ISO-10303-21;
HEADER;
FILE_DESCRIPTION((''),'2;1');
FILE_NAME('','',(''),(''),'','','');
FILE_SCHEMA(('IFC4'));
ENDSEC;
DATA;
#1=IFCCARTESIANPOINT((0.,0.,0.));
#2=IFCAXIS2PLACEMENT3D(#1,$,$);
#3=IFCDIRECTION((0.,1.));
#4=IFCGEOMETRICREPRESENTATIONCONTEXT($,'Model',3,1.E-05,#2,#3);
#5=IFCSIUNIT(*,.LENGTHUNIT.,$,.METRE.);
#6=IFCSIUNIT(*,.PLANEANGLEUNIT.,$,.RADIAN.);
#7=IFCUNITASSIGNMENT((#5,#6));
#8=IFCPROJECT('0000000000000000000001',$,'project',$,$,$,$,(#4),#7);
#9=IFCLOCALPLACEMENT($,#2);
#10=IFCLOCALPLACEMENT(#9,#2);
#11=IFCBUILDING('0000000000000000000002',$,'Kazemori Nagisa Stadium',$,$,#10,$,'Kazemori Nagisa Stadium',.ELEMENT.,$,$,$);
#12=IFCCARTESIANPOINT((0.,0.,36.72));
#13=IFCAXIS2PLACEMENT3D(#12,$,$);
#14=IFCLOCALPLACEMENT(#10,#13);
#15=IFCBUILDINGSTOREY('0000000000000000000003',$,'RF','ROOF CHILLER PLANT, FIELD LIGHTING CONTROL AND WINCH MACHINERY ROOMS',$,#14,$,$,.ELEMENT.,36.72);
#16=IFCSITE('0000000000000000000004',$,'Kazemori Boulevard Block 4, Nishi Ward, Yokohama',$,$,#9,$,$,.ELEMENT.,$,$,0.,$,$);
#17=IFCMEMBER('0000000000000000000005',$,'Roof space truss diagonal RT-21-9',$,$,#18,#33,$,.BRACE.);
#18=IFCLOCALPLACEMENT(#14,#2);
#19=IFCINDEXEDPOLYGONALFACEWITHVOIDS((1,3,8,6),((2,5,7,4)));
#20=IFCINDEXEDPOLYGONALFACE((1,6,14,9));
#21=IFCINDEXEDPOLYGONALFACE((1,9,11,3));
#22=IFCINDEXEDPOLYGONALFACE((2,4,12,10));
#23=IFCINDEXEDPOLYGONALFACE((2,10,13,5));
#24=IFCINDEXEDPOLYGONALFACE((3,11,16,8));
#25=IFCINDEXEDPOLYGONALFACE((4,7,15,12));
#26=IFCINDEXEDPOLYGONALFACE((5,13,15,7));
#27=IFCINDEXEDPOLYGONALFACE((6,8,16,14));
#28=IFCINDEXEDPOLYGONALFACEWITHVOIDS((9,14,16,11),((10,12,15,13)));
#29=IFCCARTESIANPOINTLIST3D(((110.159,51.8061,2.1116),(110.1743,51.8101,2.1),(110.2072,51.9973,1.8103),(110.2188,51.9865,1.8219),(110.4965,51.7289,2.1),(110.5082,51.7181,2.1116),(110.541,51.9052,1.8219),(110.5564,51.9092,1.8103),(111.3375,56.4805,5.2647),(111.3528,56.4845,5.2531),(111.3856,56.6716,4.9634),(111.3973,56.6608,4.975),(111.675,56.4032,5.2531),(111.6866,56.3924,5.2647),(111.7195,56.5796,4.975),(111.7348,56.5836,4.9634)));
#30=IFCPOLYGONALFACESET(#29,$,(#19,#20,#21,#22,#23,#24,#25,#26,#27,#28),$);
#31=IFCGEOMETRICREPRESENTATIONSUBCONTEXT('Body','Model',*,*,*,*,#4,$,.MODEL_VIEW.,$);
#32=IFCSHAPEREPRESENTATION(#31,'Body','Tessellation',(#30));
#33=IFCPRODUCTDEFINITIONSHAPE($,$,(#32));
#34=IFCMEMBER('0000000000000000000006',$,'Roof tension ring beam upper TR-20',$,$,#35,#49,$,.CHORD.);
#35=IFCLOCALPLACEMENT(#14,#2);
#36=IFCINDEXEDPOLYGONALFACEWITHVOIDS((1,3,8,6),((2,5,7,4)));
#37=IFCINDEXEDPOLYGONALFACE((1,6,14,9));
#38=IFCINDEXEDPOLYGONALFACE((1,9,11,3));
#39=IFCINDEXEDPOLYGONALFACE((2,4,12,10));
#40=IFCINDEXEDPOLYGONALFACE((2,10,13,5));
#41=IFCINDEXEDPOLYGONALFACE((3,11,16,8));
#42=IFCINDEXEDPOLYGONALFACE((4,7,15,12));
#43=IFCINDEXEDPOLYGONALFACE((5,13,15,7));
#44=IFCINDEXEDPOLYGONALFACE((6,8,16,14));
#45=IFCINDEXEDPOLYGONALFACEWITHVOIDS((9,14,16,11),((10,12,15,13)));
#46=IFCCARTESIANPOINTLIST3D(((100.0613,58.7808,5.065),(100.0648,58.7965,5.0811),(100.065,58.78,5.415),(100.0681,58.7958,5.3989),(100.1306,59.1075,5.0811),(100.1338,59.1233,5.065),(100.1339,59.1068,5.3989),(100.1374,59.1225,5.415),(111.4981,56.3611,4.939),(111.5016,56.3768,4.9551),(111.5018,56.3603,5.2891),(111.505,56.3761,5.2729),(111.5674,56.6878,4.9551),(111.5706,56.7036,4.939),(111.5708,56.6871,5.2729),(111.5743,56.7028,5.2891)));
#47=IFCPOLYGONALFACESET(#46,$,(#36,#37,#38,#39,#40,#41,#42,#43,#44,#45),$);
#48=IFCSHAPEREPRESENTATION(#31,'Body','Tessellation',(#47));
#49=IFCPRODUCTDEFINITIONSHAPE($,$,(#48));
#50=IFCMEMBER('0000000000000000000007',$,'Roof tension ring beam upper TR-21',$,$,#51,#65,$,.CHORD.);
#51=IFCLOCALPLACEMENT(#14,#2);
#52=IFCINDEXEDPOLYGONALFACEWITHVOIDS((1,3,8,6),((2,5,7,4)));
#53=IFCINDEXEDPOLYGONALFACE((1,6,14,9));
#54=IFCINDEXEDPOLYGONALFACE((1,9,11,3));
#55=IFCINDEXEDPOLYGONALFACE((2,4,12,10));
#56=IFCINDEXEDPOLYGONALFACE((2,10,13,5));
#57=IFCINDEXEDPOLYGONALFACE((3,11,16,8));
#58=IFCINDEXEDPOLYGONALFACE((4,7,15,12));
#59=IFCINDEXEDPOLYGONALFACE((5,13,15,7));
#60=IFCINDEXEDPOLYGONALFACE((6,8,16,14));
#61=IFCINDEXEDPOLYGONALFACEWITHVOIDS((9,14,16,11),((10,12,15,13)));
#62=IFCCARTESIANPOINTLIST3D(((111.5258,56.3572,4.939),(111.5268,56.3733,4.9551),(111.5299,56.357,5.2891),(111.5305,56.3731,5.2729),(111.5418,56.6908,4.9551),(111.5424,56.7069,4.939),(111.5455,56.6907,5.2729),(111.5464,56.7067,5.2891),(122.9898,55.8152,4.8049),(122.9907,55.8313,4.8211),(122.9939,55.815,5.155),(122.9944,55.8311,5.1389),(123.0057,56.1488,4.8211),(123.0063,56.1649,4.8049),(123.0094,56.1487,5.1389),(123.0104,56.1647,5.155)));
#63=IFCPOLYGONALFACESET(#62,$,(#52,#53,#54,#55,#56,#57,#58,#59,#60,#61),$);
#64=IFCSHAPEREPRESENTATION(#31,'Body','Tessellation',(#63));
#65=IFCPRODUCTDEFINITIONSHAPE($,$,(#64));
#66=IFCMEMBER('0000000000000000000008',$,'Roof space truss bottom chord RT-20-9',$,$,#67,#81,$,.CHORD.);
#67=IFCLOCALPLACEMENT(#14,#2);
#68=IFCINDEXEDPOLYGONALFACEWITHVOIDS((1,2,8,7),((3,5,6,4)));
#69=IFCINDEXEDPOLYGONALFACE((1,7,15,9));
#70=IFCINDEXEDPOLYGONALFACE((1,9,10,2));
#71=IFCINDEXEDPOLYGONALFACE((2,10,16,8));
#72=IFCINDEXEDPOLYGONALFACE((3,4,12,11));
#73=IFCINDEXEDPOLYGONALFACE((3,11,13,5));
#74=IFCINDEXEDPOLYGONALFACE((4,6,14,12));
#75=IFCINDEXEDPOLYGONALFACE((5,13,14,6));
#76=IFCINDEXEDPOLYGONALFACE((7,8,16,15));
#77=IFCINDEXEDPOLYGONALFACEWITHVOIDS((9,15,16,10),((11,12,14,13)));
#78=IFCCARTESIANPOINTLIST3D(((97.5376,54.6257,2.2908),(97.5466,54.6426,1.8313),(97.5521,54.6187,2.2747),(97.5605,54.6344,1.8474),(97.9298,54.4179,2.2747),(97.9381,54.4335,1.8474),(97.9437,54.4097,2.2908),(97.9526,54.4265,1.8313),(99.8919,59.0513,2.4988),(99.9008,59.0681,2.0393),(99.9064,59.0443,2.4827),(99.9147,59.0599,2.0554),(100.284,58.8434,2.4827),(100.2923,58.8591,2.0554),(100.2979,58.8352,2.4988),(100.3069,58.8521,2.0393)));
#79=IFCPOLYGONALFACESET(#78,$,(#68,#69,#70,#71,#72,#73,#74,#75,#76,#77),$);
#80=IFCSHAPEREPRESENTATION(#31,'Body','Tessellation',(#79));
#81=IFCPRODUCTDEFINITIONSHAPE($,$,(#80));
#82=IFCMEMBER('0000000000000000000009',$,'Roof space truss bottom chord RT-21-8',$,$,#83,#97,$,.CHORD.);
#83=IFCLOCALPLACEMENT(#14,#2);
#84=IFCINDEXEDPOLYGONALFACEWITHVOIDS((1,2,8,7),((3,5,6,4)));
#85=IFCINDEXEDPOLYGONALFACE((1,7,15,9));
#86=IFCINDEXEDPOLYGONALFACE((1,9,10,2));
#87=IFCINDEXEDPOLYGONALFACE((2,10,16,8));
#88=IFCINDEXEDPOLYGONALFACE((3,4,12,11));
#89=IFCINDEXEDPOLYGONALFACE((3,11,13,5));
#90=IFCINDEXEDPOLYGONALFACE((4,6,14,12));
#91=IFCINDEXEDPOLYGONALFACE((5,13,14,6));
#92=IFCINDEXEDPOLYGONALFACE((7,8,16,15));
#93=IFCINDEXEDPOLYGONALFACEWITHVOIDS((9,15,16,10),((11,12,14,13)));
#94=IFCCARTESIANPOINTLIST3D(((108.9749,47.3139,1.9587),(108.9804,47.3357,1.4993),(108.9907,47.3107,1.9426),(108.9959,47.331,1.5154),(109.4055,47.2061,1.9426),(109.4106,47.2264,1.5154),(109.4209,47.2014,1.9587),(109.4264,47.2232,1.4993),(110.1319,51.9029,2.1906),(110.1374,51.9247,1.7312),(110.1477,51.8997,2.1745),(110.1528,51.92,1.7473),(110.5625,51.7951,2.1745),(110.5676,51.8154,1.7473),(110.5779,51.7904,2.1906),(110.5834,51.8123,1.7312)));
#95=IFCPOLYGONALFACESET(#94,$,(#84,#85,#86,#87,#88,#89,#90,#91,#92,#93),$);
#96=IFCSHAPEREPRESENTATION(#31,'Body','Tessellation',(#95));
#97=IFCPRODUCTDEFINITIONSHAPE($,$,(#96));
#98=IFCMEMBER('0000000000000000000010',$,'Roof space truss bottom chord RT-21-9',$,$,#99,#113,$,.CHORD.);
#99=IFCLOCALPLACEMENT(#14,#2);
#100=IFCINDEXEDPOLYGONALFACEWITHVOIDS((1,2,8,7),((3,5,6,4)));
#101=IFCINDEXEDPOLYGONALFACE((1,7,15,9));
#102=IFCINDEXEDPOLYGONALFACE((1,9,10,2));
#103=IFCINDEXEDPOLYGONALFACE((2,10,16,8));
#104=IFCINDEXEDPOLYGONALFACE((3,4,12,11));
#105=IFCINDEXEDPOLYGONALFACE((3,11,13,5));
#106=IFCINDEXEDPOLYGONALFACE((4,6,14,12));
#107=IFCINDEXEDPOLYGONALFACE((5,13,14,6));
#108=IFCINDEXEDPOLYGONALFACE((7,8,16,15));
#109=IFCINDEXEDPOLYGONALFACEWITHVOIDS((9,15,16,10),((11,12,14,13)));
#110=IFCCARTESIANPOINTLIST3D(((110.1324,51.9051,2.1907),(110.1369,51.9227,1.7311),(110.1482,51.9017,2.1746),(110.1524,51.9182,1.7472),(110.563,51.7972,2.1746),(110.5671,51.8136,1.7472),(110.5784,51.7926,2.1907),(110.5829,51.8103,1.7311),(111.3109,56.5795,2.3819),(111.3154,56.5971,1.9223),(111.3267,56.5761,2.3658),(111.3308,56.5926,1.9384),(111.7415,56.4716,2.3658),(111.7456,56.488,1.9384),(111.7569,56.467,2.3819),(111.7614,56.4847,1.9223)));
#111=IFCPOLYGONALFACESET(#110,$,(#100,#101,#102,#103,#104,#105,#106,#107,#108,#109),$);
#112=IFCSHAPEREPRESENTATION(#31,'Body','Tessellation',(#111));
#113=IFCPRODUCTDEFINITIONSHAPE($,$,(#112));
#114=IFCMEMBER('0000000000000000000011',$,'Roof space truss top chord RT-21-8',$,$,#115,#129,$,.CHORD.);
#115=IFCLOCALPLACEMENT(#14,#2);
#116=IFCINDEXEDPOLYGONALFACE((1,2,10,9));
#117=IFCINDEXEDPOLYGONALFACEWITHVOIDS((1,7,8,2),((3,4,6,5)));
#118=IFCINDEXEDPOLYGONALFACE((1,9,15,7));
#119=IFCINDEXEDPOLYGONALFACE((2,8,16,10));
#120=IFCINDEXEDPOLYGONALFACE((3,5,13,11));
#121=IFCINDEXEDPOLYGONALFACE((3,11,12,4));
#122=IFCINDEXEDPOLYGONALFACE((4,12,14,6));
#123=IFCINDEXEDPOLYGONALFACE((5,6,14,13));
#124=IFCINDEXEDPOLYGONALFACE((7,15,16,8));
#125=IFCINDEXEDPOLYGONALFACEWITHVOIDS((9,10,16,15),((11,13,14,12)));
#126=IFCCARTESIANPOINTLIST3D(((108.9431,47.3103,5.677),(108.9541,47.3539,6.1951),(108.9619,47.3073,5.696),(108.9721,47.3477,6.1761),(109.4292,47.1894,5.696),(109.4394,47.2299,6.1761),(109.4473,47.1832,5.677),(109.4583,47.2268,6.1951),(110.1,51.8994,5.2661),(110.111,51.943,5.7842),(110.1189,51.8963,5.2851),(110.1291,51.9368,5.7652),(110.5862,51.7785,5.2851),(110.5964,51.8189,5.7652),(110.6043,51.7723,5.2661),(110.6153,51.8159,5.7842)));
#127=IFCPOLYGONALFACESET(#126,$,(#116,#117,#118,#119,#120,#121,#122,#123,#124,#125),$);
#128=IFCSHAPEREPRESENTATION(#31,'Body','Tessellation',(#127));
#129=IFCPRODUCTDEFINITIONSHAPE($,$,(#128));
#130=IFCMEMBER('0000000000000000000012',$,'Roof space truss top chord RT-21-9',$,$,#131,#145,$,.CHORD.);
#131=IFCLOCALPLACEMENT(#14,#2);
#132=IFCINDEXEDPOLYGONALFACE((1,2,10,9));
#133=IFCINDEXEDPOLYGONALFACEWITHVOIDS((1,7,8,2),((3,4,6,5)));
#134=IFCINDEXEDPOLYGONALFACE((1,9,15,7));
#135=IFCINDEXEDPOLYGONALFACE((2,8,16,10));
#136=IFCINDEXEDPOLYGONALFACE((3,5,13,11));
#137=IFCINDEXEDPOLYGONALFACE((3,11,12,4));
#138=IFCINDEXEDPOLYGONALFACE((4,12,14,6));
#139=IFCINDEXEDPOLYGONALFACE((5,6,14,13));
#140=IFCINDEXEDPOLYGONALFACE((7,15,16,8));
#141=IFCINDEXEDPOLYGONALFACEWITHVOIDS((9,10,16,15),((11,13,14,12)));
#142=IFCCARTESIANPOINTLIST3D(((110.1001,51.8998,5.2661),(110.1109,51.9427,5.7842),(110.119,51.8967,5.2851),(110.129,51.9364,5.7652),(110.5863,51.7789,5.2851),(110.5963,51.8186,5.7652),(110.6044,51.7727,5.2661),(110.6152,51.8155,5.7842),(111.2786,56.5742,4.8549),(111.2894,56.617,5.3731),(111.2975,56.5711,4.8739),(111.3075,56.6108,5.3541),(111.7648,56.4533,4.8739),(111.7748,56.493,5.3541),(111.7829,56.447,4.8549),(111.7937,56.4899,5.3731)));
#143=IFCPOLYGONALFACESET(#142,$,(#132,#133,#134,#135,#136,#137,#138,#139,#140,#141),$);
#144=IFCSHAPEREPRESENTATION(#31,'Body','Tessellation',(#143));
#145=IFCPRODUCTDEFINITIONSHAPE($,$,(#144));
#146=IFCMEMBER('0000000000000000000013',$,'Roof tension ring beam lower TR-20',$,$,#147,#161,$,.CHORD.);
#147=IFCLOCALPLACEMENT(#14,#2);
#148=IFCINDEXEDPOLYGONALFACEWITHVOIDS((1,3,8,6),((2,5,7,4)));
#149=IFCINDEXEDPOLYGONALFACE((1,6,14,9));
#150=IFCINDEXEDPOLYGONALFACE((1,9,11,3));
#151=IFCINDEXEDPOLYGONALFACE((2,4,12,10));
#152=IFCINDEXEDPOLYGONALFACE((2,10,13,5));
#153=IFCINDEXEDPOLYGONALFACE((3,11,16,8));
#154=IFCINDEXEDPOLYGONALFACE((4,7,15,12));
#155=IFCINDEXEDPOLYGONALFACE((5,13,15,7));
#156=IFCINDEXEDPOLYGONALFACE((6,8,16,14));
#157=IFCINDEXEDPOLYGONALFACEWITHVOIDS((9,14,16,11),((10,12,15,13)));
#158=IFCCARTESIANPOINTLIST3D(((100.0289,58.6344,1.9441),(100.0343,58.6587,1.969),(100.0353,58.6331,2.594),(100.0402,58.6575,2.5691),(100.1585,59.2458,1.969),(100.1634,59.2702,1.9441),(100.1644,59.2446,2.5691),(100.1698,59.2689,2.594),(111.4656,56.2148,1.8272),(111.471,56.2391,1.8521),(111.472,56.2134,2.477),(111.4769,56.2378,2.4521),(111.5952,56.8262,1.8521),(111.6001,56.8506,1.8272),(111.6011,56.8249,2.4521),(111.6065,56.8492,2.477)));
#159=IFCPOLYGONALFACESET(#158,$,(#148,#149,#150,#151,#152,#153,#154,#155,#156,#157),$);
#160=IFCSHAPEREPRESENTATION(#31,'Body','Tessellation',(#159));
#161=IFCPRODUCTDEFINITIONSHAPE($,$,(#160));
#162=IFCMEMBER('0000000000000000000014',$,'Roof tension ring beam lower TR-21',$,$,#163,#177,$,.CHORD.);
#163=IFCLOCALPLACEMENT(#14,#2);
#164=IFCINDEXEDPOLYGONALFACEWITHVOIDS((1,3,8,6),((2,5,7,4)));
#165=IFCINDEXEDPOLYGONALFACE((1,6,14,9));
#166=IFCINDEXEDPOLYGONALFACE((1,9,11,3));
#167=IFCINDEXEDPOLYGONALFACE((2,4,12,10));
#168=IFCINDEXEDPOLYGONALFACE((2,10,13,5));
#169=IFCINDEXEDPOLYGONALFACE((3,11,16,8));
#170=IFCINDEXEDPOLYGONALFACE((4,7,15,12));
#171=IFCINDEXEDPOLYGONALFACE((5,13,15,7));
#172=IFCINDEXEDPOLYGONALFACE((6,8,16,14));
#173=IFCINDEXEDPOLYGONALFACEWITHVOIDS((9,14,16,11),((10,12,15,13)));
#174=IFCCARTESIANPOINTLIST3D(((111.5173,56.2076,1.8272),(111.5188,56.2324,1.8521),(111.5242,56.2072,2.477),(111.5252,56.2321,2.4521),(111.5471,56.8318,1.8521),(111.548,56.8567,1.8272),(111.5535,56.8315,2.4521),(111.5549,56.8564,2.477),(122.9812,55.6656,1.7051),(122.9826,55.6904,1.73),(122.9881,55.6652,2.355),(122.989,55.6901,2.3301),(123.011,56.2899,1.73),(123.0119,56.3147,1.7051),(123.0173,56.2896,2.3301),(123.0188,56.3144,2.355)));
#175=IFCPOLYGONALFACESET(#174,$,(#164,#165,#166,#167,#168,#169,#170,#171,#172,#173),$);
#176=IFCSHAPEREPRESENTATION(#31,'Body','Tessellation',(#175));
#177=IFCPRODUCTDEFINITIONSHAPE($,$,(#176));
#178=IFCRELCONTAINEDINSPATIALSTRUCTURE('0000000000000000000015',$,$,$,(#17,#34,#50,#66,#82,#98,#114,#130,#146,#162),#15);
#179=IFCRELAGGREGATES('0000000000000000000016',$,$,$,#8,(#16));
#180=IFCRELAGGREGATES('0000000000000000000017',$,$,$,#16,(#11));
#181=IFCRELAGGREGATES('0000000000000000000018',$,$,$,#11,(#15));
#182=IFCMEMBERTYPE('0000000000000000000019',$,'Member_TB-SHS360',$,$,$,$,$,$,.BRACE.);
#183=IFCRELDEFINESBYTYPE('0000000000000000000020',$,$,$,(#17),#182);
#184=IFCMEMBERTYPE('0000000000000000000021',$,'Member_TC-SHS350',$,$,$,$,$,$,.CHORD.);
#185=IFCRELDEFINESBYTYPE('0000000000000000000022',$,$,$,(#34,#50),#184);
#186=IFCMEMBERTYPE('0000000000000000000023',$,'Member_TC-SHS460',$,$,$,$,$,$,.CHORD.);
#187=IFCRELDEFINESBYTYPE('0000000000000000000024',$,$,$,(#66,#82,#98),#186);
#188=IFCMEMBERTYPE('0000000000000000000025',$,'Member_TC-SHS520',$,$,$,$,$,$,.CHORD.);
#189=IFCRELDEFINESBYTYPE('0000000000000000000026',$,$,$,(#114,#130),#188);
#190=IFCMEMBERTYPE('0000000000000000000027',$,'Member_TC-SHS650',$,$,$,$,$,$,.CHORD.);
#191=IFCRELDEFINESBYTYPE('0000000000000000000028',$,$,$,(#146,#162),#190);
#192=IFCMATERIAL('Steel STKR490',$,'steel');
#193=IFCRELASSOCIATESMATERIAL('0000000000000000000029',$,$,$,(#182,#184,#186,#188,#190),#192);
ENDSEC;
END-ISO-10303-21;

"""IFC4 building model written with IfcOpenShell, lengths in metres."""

from ifc_helpers import new_model, si_unit, direction, frame, origin, origin_2d, place, context, subcontext, project, spatial, hollow_rectangle, extrude, material, material_profile, profile_set, type_object, element, save


model = new_model("IFC4")

# Units and contexts
model_context = context("Model", 3, precision=1e-05, world=origin(), true_north=direction((0.0, 1.0)))
body_context = subcontext(model_context, "Body", "Model", "MODEL_VIEW")
ifc_project = project(units=[si_unit("LENGTHUNIT", "METRE"), si_unit("PLANEANGLEUNIT", "RADIAN")], contexts=[model_context])

# Site, building, storey
site_placement = place(None, origin())
site = spatial("IfcSite", under=ifc_project, at=site_placement, Name="Kazemori Boulevard Block 4, Nishi Ward, Yokohama", CompositionType="ELEMENT", RefElevation=0.0)
building_placement = place(site_placement, origin())
building = spatial("IfcBuilding", under=site, at=building_placement, Name="Kazemori Nagisa Stadium", LongName="Kazemori Nagisa Stadium", CompositionType="ELEMENT")
storey_placement = place(building_placement, frame((0.0, 0.0, 36.72)))
storey = spatial("IfcBuildingStorey", under=building, at=storey_placement, Name="RF", Description="ROOF CHILLER PLANT, FIELD LIGHTING CONTROL AND WINCH MACHINERY ROOMS", CompositionType="ELEMENT", Elevation=36.72)

# Members
ifc_material = material(Name="Steel STKR490", Category="steel")
ifc_material_profile_1 = material_profile(ifc_material, hollow_rectangle(XDim=0.3601, YDim=0.3601, WallThickness=0.0139, at=origin_2d()), Name="SHS-360x360x14")
ifc_profile_set_1 = profile_set([ifc_material_profile_1], Name="Steel STKR490")
member_type_1 = type_object("IfcMemberType", Name="Member_TB-SHS360", PredefinedType="BRACE", material=ifc_profile_set_1)
member_1_placement = place(storey_placement, frame((110.3577, 51.8577, 1.9609), z_axis=(0.204588, 0.811485, 0.54739), x_axis=(-0.969658, 0.244466, 0.0)))
element("IfcMember", 1, at=member_1_placement, inside=storey, type_object=member_type_1, Name="Roof space truss diagonal RT-21-9", PredefinedType="BRACE", context=body_context, shape_type="SweptSolid", body=[
    extrude(hollow_rectangle(XDim=0.3601, YDim=0.3601, WallThickness=0.0139, at=origin_2d()), origin(), (0.0, 0.0, 1.0), 5.7603),
])
ifc_material_profile_2 = material_profile(ifc_material, hollow_rectangle(XDim=0.3501, YDim=0.3501, WallThickness=0.0161, at=origin_2d()), Name="SHS-350x350x16")
ifc_profile_set_2 = profile_set([ifc_material_profile_2], Name="Steel STKR490")
member_type_2 = type_object("IfcMemberType", Name="Member_TC-SHS350", PredefinedType="CHORD", material=ifc_profile_set_2)
member_2_placement = place(storey_placement, frame((100.0994, 58.9517, 5.24), z_axis=(0.978287, -0.206976, -0.010776), x_axis=(0.206988, 0.978343, 0.0)))
element("IfcMember", 2, at=member_2_placement, inside=storey, type_object=member_type_2, Name="Roof tension ring beam upper TR-20", PredefinedType="CHORD", context=body_context, shape_type="SweptSolid", body=[
    extrude(hollow_rectangle(XDim=0.3501, YDim=0.3501, WallThickness=0.0161, at=origin_2d()), origin(), (0.0, 0.0, 1.0), 11.6907),
])
member_3_placement = place(storey_placement, frame((111.5361, 56.532, 5.114), z_axis=(0.998816, -0.047222, -0.011678), x_axis=(0.047226, 0.998884, 0.0)))
element("IfcMember", 3, at=member_3_placement, inside=storey, type_object=member_type_2, Name="Roof tension ring beam upper TR-21", PredefinedType="CHORD", context=body_context, shape_type="SweptSolid", body=[
    extrude(hollow_rectangle(XDim=0.3501, YDim=0.3501, WallThickness=0.0161, at=origin_2d()), origin(), (0.0, 0.0, 1.0), 11.4775),
])
ifc_material_profile_3 = material_profile(ifc_material, hollow_rectangle(XDim=0.46, YDim=0.46, WallThickness=0.0161, at=origin_2d()), Name="SHS-460x460x16")
ifc_profile_set_3 = profile_set([ifc_material_profile_3], Name="Steel STKR490")
member_type_3 = type_object("IfcMemberType", Name="Member_TC-SHS460", PredefinedType="CHORD", material=ifc_profile_set_3)
member_4_placement = place(storey_placement, frame((97.7451, 54.5261, 2.061), z_axis=(0.469246, 0.882094, 0.04146), x_axis=(-0.882853, 0.46965, 0.0)))
element("IfcMember", 4, at=member_4_placement, inside=storey, type_object=member_type_3, Name="Roof space truss bottom chord RT-20-9", PredefinedType="CHORD", context=body_context, shape_type="SweptSolid", body=[
    extrude(hollow_rectangle(XDim=0.46, YDim=0.46, WallThickness=0.0161, at=origin_2d()), origin(), (0.0, 0.0, 1.0), 5.0171),
])
member_5_placement = place(storey_placement, frame((109.2007, 47.2686, 1.729), z_axis=(0.244172, 0.968496, 0.048948), x_axis=(-0.969658, 0.244465, 0.0)))
element("IfcMember", 5, at=member_5_placement, inside=storey, type_object=member_type_3, Name="Roof space truss bottom chord RT-21-8", PredefinedType="CHORD", context=body_context, shape_type="SweptSolid", body=[
    extrude(hollow_rectangle(XDim=0.46, YDim=0.46, WallThickness=0.0161, at=origin_2d()), origin(), (0.0, 0.0, 1.0), 4.7383),
])
member_6_placement = place(storey_placement, frame((110.3577, 51.8577, 1.9609), z_axis=(0.244274, 0.968896, 0.039624), x_axis=(-0.969658, 0.244466, 0.0)))
element("IfcMember", 6, at=member_6_placement, inside=storey, type_object=member_type_3, Name="Roof space truss bottom chord RT-21-9", PredefinedType="CHORD", context=body_context, shape_type="SweptSolid", body=[
    extrude(hollow_rectangle(XDim=0.46, YDim=0.46, WallThickness=0.0161, at=origin_2d()), origin(), (0.0, 0.0, 1.0), 4.8245),
])
ifc_material_profile_4 = material_profile(ifc_material, hollow_rectangle(XDim=0.52, YDim=0.52, WallThickness=0.019, at=origin_2d()), Name="SHS-520x520x19")
ifc_profile_set_4 = profile_set([ifc_material_profile_4], Name="Steel STKR490")
member_type_4 = type_object("IfcMemberType", Name="Member_TC-SHS520", PredefinedType="CHORD", material=ifc_profile_set_4)
member_7_placement = place(storey_placement, frame((109.2007, 47.2686, 5.936), z_axis=(0.243549, 0.966024, -0.086494), x_axis=(-0.969658, 0.244465, 0.0)))
element("IfcMember", 7, at=member_7_placement, inside=storey, type_object=member_type_4, Name="Roof space truss top chord RT-21-8", PredefinedType="CHORD", context=body_context, shape_type="SweptSolid", body=[
    extrude(hollow_rectangle(XDim=0.52, YDim=0.52, WallThickness=0.019, at=origin_2d()), origin(), (0.0, 0.0, 1.0), 4.7505),
])
member_8_placement = place(storey_placement, frame((110.3577, 51.8577, 5.5251), z_axis=(0.243581, 0.966151, -0.084978), x_axis=(-0.969658, 0.244466, 0.0)))
element("IfcMember", 8, at=member_8_placement, inside=storey, type_object=member_type_4, Name="Roof space truss top chord RT-21-9", PredefinedType="CHORD", context=body_context, shape_type="SweptSolid", body=[
    extrude(hollow_rectangle(XDim=0.52, YDim=0.52, WallThickness=0.019, at=origin_2d()), origin(), (0.0, 0.0, 1.0), 4.8381),
])
ifc_material_profile_5 = material_profile(ifc_material, hollow_rectangle(XDim=0.6499, YDim=0.6499, WallThickness=0.0249, at=origin_2d()), Name="SHS-650x650x25")
ifc_profile_set_5 = profile_set([ifc_material_profile_5], Name="Steel STKR490")
member_type_5 = type_object("IfcMemberType", Name="Member_TC-SHS650", PredefinedType="CHORD", material=ifc_profile_set_5)
member_9_placement = place(storey_placement, frame((100.0994, 58.9517, 2.269), z_axis=(0.978294, -0.206978, -0.010003), x_axis=(0.206988, 0.978343, 0.0)))
element("IfcMember", 9, at=member_9_placement, inside=storey, type_object=member_type_5, Name="Roof tension ring beam lower TR-20", PredefinedType="CHORD", context=body_context, shape_type="SweptSolid", body=[
    extrude(hollow_rectangle(XDim=0.6499, YDim=0.6499, WallThickness=0.0249, at=origin_2d()), origin(), (0.0, 0.0, 1.0), 11.6904),
])
member_10_placement = place(storey_placement, frame((111.5361, 56.532, 2.1521), z_axis=(0.998828, -0.047223, -0.010636), x_axis=(0.047226, 0.998884, 0.0)))
element("IfcMember", 10, at=member_10_placement, inside=storey, type_object=member_type_5, Name="Roof tension ring beam lower TR-21", PredefinedType="CHORD", context=body_context, shape_type="SweptSolid", body=[
    extrude(hollow_rectangle(XDim=0.6499, YDim=0.6499, WallThickness=0.0249, at=origin_2d()), origin(), (0.0, 0.0, 1.0), 11.4773),
])

save(model, "model.ifc")
